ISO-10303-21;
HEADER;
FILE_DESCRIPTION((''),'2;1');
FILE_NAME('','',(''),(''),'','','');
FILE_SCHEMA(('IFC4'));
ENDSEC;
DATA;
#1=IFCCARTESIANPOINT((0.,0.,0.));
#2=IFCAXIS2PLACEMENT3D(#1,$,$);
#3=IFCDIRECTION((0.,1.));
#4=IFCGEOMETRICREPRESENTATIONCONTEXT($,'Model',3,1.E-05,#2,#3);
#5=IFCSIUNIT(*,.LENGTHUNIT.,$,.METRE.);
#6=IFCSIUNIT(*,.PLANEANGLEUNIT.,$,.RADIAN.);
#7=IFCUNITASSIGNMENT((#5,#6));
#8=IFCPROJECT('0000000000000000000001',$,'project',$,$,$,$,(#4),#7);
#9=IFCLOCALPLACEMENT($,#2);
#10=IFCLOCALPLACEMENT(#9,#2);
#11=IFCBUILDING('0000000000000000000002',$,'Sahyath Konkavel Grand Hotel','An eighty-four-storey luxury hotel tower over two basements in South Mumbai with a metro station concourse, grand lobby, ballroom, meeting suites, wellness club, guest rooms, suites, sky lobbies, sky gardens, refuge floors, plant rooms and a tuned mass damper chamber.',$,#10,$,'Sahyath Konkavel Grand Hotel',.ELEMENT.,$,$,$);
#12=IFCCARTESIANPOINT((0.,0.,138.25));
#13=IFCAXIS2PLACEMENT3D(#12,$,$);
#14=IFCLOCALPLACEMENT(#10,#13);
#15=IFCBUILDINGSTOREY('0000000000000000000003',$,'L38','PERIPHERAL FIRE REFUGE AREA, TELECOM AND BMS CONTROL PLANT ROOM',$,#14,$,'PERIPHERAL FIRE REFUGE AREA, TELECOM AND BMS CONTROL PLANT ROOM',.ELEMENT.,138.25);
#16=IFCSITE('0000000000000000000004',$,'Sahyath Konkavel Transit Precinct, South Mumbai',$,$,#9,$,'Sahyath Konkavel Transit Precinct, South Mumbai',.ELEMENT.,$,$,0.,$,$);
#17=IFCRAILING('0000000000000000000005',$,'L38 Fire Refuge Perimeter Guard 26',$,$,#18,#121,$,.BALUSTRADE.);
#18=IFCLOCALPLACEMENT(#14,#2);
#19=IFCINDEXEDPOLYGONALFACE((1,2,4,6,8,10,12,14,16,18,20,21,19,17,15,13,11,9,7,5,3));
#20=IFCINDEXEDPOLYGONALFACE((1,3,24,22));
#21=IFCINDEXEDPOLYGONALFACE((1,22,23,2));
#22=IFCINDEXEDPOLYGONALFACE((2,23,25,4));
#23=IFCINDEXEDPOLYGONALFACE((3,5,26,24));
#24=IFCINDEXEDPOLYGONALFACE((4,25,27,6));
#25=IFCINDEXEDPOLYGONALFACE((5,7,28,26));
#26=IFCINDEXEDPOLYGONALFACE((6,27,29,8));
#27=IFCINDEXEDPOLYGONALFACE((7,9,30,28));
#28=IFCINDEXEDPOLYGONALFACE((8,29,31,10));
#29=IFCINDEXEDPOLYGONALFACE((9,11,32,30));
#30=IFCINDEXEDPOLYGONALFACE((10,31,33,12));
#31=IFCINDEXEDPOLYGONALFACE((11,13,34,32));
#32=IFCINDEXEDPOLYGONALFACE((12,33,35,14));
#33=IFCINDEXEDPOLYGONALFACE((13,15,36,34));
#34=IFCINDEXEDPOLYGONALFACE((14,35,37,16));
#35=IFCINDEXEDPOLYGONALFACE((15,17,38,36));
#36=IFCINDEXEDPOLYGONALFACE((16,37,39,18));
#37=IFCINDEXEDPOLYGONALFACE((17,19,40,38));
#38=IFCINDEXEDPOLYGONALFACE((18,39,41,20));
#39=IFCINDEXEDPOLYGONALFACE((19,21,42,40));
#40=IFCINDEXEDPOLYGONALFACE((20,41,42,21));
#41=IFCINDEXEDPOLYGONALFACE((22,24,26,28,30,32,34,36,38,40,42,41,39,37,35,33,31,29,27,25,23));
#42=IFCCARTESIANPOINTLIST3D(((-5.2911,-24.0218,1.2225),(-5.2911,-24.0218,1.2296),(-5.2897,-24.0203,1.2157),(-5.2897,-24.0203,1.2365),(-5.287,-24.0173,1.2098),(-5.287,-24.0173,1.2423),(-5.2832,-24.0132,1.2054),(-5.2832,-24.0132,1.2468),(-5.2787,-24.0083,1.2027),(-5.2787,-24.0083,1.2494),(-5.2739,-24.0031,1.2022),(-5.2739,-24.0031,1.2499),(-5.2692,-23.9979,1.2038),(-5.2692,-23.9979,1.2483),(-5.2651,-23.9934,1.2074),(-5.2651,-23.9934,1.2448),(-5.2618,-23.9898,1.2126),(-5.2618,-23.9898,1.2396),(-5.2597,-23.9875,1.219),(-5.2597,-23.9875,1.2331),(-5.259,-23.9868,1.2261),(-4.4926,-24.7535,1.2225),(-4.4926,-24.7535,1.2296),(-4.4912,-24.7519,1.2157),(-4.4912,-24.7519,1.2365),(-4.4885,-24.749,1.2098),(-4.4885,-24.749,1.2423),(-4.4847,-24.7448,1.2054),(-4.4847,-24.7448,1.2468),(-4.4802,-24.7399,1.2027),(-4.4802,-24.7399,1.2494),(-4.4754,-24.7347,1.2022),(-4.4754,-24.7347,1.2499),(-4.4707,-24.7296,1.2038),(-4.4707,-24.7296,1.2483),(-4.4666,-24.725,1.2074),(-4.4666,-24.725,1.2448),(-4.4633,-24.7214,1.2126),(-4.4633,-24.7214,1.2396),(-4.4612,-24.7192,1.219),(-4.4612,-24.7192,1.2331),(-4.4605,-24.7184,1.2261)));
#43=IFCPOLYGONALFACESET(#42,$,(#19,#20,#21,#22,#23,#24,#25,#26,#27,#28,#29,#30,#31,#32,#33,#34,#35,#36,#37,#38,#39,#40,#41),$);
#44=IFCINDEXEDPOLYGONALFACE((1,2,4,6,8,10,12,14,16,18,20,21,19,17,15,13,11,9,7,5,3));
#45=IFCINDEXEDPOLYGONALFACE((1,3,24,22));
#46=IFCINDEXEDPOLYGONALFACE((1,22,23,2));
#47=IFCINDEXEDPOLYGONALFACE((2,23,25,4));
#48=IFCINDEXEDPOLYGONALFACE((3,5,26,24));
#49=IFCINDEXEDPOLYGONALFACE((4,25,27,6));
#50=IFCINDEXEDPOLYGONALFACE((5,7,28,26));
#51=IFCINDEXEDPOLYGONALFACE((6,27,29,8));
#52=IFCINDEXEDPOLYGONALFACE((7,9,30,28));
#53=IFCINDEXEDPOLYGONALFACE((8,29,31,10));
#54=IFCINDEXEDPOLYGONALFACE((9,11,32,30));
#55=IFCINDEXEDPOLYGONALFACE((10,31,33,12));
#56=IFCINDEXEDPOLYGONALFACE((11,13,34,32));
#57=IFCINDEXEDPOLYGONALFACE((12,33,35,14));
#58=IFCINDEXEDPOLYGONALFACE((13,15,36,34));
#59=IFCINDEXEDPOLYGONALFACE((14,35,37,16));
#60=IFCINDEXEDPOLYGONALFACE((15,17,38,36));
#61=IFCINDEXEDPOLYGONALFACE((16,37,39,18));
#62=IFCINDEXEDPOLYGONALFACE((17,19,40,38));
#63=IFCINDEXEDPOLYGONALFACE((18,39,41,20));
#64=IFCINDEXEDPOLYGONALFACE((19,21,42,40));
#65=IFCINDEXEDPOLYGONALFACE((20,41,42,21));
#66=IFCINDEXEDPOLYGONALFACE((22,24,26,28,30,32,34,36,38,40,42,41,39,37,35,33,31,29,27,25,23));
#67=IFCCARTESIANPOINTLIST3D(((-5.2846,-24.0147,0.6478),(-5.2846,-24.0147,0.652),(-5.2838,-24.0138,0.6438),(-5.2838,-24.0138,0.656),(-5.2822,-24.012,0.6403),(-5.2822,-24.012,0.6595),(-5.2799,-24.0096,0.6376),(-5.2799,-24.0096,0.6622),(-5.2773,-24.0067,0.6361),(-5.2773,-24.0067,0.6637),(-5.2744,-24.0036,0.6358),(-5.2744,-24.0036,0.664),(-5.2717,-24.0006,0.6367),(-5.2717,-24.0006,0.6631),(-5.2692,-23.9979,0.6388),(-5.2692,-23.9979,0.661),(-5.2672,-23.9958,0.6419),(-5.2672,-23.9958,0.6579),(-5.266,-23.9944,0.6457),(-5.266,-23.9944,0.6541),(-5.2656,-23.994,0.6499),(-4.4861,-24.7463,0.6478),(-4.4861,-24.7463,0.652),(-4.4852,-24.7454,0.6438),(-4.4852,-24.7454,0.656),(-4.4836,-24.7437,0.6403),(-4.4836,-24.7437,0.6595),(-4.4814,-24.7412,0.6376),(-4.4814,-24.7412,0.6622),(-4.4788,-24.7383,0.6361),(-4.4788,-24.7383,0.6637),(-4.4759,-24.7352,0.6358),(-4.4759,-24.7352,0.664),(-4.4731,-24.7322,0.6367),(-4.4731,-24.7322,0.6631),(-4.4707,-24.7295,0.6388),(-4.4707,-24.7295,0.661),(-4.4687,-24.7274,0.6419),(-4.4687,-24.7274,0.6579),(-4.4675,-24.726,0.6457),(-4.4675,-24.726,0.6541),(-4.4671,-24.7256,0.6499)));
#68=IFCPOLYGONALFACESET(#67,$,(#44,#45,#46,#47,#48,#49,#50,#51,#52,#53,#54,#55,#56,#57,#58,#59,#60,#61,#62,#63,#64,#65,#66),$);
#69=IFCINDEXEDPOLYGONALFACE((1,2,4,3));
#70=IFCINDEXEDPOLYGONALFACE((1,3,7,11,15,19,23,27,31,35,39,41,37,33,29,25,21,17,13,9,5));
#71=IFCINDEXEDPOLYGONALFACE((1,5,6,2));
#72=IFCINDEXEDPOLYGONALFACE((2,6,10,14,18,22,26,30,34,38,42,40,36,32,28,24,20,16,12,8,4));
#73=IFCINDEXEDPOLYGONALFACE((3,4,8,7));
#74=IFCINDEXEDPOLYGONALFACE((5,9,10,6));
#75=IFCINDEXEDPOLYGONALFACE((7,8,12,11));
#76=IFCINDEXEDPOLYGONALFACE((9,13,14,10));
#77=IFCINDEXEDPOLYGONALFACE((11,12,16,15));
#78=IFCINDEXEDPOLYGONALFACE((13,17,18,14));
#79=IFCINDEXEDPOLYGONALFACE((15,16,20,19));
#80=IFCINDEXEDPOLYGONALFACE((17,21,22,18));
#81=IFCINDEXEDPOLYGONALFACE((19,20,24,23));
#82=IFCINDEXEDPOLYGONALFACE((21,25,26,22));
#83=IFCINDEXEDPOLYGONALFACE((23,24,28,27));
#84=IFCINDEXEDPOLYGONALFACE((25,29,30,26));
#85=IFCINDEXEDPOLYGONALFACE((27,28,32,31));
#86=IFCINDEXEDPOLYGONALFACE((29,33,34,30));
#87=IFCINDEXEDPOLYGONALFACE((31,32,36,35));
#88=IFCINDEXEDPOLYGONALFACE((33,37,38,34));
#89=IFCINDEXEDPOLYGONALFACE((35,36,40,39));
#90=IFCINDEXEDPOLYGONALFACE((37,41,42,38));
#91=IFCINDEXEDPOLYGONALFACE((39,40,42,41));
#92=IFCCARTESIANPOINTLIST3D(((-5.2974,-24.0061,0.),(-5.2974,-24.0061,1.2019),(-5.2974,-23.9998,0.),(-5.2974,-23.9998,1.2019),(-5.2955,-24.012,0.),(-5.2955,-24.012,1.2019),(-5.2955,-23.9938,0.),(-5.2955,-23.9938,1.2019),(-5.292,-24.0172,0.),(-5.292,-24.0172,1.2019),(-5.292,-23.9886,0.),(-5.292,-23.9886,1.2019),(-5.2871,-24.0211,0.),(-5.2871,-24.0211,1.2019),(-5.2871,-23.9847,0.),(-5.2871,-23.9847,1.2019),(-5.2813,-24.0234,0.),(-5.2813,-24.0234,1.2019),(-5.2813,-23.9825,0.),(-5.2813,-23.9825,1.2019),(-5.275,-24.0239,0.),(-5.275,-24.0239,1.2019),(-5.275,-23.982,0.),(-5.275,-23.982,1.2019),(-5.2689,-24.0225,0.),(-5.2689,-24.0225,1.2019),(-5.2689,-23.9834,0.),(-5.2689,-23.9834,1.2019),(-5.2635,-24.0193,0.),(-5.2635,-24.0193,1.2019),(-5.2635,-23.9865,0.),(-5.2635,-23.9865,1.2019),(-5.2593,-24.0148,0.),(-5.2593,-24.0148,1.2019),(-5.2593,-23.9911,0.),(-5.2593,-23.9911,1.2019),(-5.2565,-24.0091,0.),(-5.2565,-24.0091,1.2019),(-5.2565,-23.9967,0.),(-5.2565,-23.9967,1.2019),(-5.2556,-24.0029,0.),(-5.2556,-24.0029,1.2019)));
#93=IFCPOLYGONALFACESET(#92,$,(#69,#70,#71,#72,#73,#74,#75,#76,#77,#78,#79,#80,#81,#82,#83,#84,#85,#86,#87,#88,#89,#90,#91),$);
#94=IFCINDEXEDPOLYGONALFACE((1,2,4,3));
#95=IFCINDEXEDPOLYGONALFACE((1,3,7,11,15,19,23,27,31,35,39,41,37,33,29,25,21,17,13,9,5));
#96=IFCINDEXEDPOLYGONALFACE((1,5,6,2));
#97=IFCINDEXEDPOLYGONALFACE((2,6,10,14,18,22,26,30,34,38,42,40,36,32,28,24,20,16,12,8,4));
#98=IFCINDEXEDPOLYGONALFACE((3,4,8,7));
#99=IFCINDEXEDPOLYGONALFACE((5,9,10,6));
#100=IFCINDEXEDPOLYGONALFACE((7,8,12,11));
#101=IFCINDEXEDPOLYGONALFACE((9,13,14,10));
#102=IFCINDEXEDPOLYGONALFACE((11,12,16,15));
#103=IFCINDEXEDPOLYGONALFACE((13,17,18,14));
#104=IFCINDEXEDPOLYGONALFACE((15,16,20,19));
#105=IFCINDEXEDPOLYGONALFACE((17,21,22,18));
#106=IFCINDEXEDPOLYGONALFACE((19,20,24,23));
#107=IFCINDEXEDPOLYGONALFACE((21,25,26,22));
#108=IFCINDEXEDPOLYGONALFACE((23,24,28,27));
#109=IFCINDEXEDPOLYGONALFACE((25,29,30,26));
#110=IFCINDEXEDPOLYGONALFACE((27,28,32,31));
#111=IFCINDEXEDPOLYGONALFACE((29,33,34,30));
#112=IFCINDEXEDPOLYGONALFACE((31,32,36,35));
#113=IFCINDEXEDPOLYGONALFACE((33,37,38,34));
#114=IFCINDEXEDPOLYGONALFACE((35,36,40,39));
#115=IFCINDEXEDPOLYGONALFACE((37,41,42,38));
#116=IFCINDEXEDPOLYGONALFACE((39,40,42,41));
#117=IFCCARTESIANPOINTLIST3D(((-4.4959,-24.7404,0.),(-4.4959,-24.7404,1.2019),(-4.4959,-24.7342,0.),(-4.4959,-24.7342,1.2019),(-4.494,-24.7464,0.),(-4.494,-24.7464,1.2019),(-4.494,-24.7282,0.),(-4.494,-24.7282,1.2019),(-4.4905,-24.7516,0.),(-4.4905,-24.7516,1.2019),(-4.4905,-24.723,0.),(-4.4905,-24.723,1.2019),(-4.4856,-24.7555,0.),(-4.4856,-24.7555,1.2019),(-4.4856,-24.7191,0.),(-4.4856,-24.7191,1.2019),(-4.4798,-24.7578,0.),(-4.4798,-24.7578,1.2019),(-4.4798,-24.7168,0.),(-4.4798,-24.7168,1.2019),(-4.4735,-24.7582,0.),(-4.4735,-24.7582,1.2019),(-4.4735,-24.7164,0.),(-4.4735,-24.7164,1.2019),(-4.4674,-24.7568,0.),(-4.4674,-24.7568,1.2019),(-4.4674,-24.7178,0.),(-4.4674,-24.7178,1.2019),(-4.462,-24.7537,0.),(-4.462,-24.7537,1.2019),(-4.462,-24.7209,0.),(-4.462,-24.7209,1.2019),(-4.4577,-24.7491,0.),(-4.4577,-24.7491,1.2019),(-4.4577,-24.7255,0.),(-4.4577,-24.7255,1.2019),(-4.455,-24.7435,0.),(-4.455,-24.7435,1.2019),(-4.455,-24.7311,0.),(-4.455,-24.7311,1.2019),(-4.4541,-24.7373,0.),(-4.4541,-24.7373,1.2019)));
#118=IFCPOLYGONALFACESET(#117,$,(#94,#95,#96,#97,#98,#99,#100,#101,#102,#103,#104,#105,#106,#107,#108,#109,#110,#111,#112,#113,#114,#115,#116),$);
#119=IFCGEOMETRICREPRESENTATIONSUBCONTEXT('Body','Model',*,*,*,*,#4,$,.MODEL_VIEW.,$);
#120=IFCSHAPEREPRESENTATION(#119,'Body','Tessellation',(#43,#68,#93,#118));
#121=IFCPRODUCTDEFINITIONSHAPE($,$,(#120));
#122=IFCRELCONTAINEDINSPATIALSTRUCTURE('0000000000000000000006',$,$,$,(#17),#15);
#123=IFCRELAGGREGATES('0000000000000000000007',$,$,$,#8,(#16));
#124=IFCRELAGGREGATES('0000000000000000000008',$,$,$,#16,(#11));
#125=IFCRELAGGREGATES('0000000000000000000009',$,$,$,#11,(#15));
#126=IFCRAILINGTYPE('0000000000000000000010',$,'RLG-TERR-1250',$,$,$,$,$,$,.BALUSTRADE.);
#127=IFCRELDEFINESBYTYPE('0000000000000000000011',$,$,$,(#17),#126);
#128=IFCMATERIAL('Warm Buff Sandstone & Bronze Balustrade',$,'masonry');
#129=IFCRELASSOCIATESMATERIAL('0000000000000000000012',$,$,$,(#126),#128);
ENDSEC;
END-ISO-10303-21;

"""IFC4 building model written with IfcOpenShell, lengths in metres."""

from ifc_helpers import new_model, si_unit, direction, frame, origin, origin_2d, place, context, subcontext, project, spatial, circle, extrude, material, type_object, element, save


model = new_model("IFC4")

# Units and contexts
model_context = context("Model", 3, precision=1e-05, world=origin(), true_north=direction((0.0, 1.0)))
body_context = subcontext(model_context, "Body", "Model", "MODEL_VIEW")
ifc_project = project(units=[si_unit("LENGTHUNIT", "METRE"), si_unit("PLANEANGLEUNIT", "RADIAN")], contexts=[model_context])

# Site, building, storey
site_placement = place(None, origin())
site = spatial("IfcSite", under=ifc_project, at=site_placement, Name="Sahyath Konkavel Transit Precinct, South Mumbai", LongName="Sahyath Konkavel Transit Precinct, South Mumbai", CompositionType="ELEMENT", RefElevation=0.0)
building_placement = place(site_placement, origin())
building = spatial("IfcBuilding", under=site, at=building_placement, Name="Sahyath Konkavel Grand Hotel", Description="An eighty-four-storey luxury hotel tower over two basements in South Mumbai with a metro station concourse, grand lobby, ballroom, meeting suites, wellness club, guest rooms, suites, sky lobbies, sky gardens, refuge floors, plant rooms and a tuned mass damper chamber.", LongName="Sahyath Konkavel Grand Hotel", CompositionType="ELEMENT")
storey_placement = place(building_placement, frame((0.0, 0.0, 138.25)))
storey = spatial("IfcBuildingStorey", under=building, at=storey_placement, Name="L38", Description="PERIPHERAL FIRE REFUGE AREA, TELECOM AND BMS CONTROL PLANT ROOM", LongName="PERIPHERAL FIRE REFUGE AREA, TELECOM AND BMS CONTROL PLANT ROOM", CompositionType="ELEMENT", Elevation=138.25)

# Railing
ifc_material_1 = material(Name="Warm Buff Sandstone & Bronze Balustrade", Category="masonry")
railing_type = type_object("IfcRailingType", Name="RLG-TERR-1250", PredefinedType="BALUSTRADE", material=ifc_material_1)
railing_1_placement = place(storey_placement, frame((-5.2766, -24.0029, 0.0)))
element("IfcRailing", 1, at=railing_1_placement, inside=storey, type_object=railing_type, Name="L38 Fire Refuge Perimeter Guard 26", PredefinedType="BALUSTRADE", context=body_context, shape_type="SweptSolid", body=[
    extrude(circle(Radius=0.0239, at=origin_2d()), frame((0.0015, -0.0015, 1.2261), z_axis=(0.737313, -0.675552, 0.0), x_axis=(0.675552, 0.737313, 0.0)), (0.0, 0.0, 1.0), 1.083),
    extrude(circle(Radius=0.0142, at=origin_2d()), frame((0.0015, -0.0015, 0.6499), z_axis=(0.737313, -0.675552, 0.0), x_axis=(0.675552, 0.737313, 0.0)), (0.0, 0.0, 1.0), 1.083),
    extrude(circle(Radius=0.021, at=origin_2d()), origin(), (0.0, 0.0, 1.0), 1.2019),
    extrude(circle(Radius=0.021, at=origin_2d()), frame((0.8015, -0.7344, 0.0)), (0.0, 0.0, 1.0), 1.2019),
])

save(model, "model.ifc")
